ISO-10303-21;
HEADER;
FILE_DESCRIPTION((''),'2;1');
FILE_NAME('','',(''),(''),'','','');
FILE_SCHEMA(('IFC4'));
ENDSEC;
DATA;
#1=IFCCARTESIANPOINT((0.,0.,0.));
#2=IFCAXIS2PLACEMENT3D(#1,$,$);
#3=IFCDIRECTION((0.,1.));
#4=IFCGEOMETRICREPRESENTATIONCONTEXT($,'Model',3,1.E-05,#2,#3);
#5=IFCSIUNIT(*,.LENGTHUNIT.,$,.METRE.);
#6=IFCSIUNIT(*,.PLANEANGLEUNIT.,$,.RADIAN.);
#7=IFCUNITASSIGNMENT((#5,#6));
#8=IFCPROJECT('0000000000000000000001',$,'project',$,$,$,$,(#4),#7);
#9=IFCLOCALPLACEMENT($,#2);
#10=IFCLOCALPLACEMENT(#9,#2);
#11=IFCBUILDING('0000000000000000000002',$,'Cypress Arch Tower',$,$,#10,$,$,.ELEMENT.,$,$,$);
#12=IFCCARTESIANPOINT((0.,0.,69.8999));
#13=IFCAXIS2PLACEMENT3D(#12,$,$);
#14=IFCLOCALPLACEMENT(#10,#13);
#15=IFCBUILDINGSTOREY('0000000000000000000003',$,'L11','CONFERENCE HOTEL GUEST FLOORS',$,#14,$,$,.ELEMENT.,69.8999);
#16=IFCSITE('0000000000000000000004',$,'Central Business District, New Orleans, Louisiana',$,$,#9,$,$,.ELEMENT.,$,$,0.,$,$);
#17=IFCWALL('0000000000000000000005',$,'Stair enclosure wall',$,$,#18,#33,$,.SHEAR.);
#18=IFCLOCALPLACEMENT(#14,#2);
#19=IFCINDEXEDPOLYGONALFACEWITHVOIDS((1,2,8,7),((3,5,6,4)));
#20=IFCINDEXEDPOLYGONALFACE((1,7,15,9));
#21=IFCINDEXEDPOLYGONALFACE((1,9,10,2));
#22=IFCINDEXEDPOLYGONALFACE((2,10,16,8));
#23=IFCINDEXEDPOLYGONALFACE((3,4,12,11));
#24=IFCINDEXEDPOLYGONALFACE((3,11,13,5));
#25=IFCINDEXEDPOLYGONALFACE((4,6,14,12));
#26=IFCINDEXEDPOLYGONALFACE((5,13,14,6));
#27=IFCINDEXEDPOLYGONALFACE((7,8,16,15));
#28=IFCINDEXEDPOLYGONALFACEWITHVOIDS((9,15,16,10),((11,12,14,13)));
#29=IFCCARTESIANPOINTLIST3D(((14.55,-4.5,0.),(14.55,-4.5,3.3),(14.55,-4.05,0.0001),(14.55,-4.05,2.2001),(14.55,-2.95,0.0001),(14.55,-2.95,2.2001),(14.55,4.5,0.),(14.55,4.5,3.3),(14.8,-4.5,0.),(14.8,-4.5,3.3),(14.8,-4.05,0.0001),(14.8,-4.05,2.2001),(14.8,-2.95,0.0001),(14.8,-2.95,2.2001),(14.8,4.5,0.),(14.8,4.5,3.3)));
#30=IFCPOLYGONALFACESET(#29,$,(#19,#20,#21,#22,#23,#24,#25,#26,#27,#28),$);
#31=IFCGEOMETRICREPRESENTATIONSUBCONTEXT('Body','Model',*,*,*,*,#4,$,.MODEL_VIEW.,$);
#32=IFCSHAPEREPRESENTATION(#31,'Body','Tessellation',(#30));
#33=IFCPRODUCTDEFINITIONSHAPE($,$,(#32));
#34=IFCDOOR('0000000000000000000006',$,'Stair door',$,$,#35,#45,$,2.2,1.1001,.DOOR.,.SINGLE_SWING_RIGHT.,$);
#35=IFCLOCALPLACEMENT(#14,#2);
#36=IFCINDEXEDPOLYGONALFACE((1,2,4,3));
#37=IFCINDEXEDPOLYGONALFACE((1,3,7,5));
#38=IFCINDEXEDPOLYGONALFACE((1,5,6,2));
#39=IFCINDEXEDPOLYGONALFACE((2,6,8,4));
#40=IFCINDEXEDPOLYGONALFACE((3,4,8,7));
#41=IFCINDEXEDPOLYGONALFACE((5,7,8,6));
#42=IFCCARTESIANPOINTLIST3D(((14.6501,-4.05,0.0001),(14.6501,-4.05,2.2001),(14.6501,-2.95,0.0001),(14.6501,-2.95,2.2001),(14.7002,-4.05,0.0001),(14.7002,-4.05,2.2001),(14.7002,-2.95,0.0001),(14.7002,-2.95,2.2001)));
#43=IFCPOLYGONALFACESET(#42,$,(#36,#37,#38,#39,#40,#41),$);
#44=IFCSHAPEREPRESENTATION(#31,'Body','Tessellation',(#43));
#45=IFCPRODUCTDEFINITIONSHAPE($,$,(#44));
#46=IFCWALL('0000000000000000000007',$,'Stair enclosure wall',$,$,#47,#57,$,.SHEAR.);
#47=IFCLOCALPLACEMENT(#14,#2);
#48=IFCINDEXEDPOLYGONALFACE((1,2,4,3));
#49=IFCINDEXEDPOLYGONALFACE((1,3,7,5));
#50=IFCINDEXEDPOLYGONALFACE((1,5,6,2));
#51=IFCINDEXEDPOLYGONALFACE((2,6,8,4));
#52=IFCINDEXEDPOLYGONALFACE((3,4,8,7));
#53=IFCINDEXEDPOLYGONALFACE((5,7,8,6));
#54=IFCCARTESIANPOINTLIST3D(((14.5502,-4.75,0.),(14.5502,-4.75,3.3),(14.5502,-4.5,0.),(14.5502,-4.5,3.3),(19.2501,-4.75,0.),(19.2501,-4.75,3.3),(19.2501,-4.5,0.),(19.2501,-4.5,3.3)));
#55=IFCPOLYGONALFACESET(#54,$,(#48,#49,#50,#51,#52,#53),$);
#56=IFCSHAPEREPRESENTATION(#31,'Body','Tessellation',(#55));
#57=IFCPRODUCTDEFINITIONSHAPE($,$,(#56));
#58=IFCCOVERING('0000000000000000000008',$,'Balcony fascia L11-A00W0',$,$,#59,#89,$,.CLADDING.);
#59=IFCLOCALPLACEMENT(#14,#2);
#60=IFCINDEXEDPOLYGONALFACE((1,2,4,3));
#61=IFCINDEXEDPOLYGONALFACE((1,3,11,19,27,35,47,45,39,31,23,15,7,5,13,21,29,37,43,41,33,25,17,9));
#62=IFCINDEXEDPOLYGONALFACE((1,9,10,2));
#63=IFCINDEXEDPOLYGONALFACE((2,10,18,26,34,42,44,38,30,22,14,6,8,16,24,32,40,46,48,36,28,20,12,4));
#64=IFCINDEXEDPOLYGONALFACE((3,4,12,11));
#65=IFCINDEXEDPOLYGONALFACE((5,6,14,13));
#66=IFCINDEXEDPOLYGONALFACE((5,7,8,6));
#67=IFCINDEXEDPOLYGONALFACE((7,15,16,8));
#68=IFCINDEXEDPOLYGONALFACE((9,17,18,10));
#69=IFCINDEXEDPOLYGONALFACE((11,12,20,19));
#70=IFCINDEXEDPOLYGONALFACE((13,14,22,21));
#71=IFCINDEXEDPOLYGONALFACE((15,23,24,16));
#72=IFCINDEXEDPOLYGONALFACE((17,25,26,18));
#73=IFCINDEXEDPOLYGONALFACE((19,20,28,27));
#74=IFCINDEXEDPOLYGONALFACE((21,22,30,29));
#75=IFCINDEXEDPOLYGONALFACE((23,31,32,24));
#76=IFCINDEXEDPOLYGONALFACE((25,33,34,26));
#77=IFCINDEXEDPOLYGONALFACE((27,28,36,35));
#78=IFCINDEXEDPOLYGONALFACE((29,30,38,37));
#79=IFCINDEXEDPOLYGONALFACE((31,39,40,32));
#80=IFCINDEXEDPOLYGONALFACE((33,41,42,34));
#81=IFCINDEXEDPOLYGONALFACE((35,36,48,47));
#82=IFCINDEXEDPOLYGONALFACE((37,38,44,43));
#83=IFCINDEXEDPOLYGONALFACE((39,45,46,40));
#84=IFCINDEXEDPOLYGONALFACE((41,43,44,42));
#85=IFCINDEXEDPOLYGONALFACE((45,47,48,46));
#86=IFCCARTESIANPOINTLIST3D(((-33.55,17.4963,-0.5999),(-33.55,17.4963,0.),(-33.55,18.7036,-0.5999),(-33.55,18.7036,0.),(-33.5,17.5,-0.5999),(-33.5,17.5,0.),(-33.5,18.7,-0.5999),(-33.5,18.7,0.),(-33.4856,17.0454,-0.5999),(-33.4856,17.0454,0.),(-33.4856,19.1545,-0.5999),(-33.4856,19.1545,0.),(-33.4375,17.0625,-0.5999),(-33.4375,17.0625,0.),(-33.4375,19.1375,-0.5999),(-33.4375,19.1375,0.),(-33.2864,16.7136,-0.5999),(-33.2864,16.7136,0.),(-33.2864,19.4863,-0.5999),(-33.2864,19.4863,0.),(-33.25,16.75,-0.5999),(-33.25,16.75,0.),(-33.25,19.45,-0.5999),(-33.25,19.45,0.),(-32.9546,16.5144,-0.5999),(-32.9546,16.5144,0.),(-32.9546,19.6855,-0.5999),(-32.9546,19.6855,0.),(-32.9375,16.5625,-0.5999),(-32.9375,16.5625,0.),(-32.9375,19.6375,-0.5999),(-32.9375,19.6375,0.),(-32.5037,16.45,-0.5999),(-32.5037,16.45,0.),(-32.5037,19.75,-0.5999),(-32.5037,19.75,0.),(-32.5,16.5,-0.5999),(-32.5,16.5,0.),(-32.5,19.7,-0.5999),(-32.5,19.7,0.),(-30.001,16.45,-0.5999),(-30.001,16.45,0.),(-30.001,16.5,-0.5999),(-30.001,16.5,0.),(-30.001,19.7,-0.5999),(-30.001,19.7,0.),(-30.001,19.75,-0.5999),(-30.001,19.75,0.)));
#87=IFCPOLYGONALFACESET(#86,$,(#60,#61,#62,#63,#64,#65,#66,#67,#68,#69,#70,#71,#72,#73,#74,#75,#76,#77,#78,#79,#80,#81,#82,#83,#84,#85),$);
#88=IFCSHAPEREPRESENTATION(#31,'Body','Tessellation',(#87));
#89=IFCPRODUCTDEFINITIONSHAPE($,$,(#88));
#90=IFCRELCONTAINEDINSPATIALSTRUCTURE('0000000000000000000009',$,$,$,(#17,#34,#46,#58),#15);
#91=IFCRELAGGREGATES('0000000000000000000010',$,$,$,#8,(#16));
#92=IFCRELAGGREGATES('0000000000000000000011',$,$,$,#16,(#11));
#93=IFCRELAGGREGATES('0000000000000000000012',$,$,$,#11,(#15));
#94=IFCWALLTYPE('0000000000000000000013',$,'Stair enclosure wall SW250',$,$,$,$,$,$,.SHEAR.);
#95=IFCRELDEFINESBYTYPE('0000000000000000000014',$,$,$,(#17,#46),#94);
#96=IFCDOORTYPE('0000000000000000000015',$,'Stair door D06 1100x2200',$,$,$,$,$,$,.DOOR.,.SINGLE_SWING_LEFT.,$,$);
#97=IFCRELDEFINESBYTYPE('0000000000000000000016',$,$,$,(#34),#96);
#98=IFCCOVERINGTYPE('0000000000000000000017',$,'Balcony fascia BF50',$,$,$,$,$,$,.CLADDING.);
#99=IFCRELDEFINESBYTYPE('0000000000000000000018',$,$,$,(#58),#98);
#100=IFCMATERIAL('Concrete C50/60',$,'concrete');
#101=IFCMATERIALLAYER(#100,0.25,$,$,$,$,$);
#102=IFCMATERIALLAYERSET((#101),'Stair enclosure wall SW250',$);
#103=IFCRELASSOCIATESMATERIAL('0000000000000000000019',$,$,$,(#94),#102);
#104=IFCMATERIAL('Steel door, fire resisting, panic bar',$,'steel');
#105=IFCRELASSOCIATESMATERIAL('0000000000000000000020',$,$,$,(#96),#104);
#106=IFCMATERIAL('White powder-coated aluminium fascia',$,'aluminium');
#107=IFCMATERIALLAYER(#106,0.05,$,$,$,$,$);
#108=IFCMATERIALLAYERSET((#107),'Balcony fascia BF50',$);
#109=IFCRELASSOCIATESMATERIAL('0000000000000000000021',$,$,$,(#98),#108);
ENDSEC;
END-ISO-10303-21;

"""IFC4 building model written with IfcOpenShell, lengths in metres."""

from ifc_helpers import new_model, si_unit, direction, frame, frame_2d, origin, place, context, subcontext, project, spatial, polyline, rectangle, outline, extrude, material, layer, layer_set, type_object, element, fill, save


model = new_model("IFC4")

# Units and contexts
model_context = context("Model", 3, precision=1e-05, world=origin(), true_north=direction((0.0, 1.0)))
body_context = subcontext(model_context, "Body", "Model", "MODEL_VIEW")
ifc_project = project(units=[si_unit("LENGTHUNIT", "METRE"), si_unit("PLANEANGLEUNIT", "RADIAN")], contexts=[model_context])

# Site, building, storey
site_placement = place(None, origin())
site = spatial("IfcSite", under=ifc_project, at=site_placement, Name="Central Business District, New Orleans, Louisiana", CompositionType="ELEMENT", RefElevation=0.0)
building_placement = place(site_placement, origin())
building = spatial("IfcBuilding", under=site, at=building_placement, Name="Cypress Arch Tower", CompositionType="ELEMENT")
storey_placement = place(building_placement, frame((0.0, 0.0, 69.8999)))
storey = spatial("IfcBuildingStorey", under=building, at=storey_placement, Name="L11", Description="CONFERENCE HOTEL GUEST FLOORS", CompositionType="ELEMENT", Elevation=69.8999)

# Wall, opening, door
ifc_material_1 = material(Name="Concrete C50/60", Category="concrete")
ifc_layer_1 = layer(ifc_material_1, 0.25)
ifc_layer_set_1 = layer_set([ifc_layer_1], Name="Stair enclosure wall SW250")
wall_type_1 = type_object("IfcWallType", Name="Stair enclosure wall SW250", PredefinedType="SHEAR", material=ifc_layer_set_1)
wall_1_placement = place(storey_placement, frame((14.675, -4.5, 0.0), z_axis=(0.0, 0.0, 1.0), x_axis=(0.0, 1.0, 0.0)))
wall_1 = element("IfcWall", 1, at=wall_1_placement, inside=storey, type_object=wall_type_1, Name="Stair enclosure wall", PredefinedType="SHEAR", context=body_context, shape_type="SweptSolid", body=[
    extrude(rectangle(XDim=9.0, YDim=0.25, at=frame_2d((4.5, 0.0))), origin(), (0.0, 0.0, 1.0), 3.3),
])
opening_1_placement = place(wall_1_placement, frame((0.45, 0.0, 0.0)))
opening_1 = element("IfcOpeningElement", 2, at=opening_1_placement, cuts=wall_1, PredefinedType="OPENING", context=body_context, shape_type="SweptSolid", body=[
    extrude(rectangle(XDim=1.1001, YDim=2.2, at=frame_2d((0.55, 1.1001))), frame((0.0, 0.135, 0.0), z_axis=(0.0, -1.0, 0.0), x_axis=(1.0, 0.0, 0.0)), (0.0, 0.0, 1.0), 0.27),
])
ifc_material_2 = material(Name="Steel door, fire resisting, panic bar", Category="steel")
door_type_1 = type_object("IfcDoorType", Name="Stair door D06 1100x2200", OperationType="SINGLE_SWING_LEFT", PredefinedType="DOOR", material=ifc_material_2)
door_1_placement = place(opening_1_placement, origin())
door_1 = element("IfcDoor", 3, at=door_1_placement, inside=storey, type_object=door_type_1, Name="Stair door", OperationType="SINGLE_SWING_RIGHT", OverallHeight=2.2, OverallWidth=1.1001, PredefinedType="DOOR", context=body_context, shape_type="SweptSolid", body=[
    extrude(rectangle(XDim=1.1001, YDim=2.2, at=frame_2d((0.55, 1.1001))), frame((0.0, 0.0249, 0.0), z_axis=(0.0, -1.0, 0.0), x_axis=(1.0, 0.0, 0.0)), (0.0, 0.0, 1.0), 0.05),
])
fill(opening_1, door_1)

# Wall
wall_2_placement = place(storey_placement, frame((14.55, -4.625, 0.0), z_axis=(0.0, 0.0, 1.0), x_axis=(1.0, 0.0, 0.0)))
element("IfcWall", 4, at=wall_2_placement, inside=storey, type_object=wall_type_1, Name="Stair enclosure wall", PredefinedType="SHEAR", context=body_context, shape_type="SweptSolid", body=[
    extrude(rectangle(XDim=4.7, YDim=0.25, at=frame_2d((2.3501, 0.0))), origin(), (0.0, 0.0, 1.0), 3.3),
])

# Covering
ifc_material_3 = material(Name="White powder-coated aluminium fascia", Category="aluminium")
ifc_layer_2 = layer(ifc_material_3, 0.05)
ifc_layer_set_2 = layer_set([ifc_layer_2], Name="Balcony fascia BF50")
covering_type = type_object("IfcCoveringType", Name="Balcony fascia BF50", PredefinedType="CLADDING", material=ifc_layer_set_2)
covering_placement = place(storey_placement, frame((0.0, 0.0, -0.5999)))
element("IfcCovering", 5, at=covering_placement, inside=storey, type_object=covering_type, Name="Balcony fascia L11-A00W0", PredefinedType="CLADDING", context=body_context, shape_type="SweptSolid", body=[
    extrude(outline(polyline([(-32.5037, 16.45), (-32.9546, 16.5144), (-33.2864, 16.7136), (-33.4856, 17.0454), (-33.55, 17.4963), (-33.55, 18.7036), (-33.4856, 19.1545), (-33.2864, 19.4863), (-32.9546, 19.6855), (-32.5037, 19.75), (-30.001, 19.75), (-30.001, 19.7), (-32.5, 19.7), (-32.9375, 19.6375), (-33.25, 19.45), (-33.4375, 19.1375), (-33.5, 18.7), (-33.5, 17.5), (-33.4375, 17.0625), (-33.25, 16.75), (-32.9375, 16.5625), (-32.5, 16.5), (-30.001, 16.5), (-30.001, 16.45), (-32.5037, 16.45)])), origin(), (0.0, 0.0, 1.0), 0.5999),
])

save(model, "model.ifc")
